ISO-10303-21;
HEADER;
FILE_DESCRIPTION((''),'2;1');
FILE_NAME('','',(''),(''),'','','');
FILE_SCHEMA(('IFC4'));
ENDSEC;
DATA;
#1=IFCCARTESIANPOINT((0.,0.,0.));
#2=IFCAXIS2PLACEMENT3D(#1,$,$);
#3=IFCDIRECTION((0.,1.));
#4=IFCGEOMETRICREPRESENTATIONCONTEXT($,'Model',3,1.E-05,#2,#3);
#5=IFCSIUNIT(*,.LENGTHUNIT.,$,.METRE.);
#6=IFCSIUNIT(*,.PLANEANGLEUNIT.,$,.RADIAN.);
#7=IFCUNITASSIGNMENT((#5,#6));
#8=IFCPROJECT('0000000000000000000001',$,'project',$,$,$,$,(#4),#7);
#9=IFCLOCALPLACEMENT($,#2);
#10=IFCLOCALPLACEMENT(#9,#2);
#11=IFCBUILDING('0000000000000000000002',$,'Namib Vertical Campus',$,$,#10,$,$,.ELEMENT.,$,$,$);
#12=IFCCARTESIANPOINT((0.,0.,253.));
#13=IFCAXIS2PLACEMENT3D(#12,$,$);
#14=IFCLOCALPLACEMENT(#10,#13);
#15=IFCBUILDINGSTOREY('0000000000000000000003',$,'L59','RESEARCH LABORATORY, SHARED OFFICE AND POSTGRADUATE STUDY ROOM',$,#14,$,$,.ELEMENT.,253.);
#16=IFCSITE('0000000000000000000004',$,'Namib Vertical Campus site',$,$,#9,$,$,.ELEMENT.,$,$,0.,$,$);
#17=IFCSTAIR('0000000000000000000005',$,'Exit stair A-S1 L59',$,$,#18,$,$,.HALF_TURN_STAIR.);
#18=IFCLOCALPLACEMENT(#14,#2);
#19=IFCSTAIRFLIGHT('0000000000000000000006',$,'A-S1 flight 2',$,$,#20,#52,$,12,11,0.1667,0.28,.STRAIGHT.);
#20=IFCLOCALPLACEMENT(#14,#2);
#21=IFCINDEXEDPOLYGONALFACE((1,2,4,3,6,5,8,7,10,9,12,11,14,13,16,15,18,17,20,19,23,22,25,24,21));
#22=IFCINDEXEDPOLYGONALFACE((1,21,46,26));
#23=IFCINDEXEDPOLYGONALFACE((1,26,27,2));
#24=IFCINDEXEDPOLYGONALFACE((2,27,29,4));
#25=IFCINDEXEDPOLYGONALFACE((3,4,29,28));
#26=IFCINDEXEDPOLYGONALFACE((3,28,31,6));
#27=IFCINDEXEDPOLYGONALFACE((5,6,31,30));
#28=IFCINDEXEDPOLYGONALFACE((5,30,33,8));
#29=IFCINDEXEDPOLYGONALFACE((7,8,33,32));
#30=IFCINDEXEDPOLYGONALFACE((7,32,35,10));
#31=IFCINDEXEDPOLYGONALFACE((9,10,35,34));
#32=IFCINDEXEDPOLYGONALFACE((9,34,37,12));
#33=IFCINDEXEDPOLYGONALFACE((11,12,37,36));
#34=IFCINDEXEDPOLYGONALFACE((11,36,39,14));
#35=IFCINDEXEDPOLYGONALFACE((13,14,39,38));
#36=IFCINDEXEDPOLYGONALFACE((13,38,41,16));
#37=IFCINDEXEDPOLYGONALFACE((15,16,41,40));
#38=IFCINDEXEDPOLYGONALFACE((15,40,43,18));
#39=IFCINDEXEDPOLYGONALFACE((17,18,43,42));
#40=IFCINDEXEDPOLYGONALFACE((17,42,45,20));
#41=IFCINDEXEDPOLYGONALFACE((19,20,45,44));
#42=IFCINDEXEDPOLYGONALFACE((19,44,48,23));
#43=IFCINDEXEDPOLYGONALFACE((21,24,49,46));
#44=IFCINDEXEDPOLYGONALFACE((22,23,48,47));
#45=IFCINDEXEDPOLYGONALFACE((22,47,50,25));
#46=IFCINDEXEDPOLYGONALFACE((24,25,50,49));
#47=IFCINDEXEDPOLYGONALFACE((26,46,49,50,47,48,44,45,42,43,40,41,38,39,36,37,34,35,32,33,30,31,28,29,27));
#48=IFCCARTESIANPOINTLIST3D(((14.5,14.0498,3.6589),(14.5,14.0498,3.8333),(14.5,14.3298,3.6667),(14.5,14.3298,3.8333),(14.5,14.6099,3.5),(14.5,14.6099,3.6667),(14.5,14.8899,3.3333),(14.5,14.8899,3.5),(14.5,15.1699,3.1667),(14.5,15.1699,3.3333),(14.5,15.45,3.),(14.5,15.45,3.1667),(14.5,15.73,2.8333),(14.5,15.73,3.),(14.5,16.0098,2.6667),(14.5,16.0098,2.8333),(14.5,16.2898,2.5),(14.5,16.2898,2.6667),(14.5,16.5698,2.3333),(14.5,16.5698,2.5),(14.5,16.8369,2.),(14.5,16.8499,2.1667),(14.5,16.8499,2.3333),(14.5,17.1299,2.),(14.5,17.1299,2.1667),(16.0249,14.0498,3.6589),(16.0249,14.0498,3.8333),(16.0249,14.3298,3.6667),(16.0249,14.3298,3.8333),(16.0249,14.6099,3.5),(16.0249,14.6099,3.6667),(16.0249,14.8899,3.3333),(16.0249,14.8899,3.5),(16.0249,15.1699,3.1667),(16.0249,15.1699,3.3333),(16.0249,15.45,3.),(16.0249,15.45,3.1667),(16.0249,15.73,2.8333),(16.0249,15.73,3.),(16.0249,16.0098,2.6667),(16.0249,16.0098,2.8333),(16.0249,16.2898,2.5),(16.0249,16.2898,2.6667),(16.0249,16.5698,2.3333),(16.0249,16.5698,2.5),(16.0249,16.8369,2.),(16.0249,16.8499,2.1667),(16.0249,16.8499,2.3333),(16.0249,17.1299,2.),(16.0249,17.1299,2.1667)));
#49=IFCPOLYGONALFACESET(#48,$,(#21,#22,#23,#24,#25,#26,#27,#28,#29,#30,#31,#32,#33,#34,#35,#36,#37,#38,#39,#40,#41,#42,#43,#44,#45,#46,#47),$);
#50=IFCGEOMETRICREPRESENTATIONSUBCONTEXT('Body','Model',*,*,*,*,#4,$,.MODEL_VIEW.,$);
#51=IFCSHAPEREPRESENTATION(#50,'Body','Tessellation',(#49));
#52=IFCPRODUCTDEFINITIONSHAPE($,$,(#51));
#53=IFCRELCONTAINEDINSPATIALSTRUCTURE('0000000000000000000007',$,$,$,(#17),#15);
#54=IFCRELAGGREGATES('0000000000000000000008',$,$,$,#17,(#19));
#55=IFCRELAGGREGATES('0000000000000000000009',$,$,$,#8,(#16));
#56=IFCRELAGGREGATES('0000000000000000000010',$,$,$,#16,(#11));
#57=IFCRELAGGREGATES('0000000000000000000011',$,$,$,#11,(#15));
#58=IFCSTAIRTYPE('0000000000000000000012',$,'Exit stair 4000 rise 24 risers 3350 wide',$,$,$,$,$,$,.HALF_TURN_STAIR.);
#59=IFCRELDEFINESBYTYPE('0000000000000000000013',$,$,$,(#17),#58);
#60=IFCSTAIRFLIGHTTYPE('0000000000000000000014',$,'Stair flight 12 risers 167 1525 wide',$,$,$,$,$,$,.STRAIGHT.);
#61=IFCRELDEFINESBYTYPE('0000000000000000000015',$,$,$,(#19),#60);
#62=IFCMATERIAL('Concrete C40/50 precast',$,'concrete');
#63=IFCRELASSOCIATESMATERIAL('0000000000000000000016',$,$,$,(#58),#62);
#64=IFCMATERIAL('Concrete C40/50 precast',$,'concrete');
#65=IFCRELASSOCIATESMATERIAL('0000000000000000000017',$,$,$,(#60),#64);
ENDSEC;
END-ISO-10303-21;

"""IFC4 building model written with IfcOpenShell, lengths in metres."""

from ifc_helpers import new_model, si_unit, direction, frame, origin, place, context, subcontext, project, spatial, polyline, outline, extrude, material, type_object, element, aggregate, save


model = new_model("IFC4")

# Units and contexts
model_context = context("Model", 3, precision=1e-05, world=origin(), true_north=direction((0.0, 1.0)))
body_context = subcontext(model_context, "Body", "Model", "MODEL_VIEW")
ifc_project = project(units=[si_unit("LENGTHUNIT", "METRE"), si_unit("PLANEANGLEUNIT", "RADIAN")], contexts=[model_context])

# Site, building, storey
site_placement = place(None, origin())
site = spatial("IfcSite", under=ifc_project, at=site_placement, Name="Namib Vertical Campus site", CompositionType="ELEMENT", RefElevation=0.0)
building_placement = place(site_placement, origin())
building = spatial("IfcBuilding", under=site, at=building_placement, Name="Namib Vertical Campus", CompositionType="ELEMENT")
storey_placement = place(building_placement, frame((0.0, 0.0, 253.0)))
storey = spatial("IfcBuildingStorey", under=building, at=storey_placement, Name="L59", Description="RESEARCH LABORATORY, SHARED OFFICE AND POSTGRADUATE STUDY ROOM", CompositionType="ELEMENT", Elevation=253.0)

# Stair, stair flight
ifc_material_1 = material(Name="Concrete C40/50 precast", Category="concrete")
stair_type = type_object("IfcStairType", Name="Exit stair 4000 rise 24 risers 3350 wide", PredefinedType="HALF_TURN_STAIR", material=ifc_material_1)
stair_placement = place(storey_placement, origin())
stair = element("IfcStair", 1, at=stair_placement, inside=storey, type_object=stair_type, Name="Exit stair A-S1 L59", PredefinedType="HALF_TURN_STAIR")
ifc_material_2 = material(Name="Concrete C40/50 precast", Category="concrete")
stair_flight_type = type_object("IfcStairFlightType", Name="Stair flight 12 risers 167 1525 wide", PredefinedType="STRAIGHT", material=ifc_material_2)
stair_flight_placement = place(storey_placement, frame((15.2625, 17.1299, 2.0), z_axis=(0.0, 0.0, 1.0), x_axis=(0.0, -1.0, 0.0)))
stair_flight = element("IfcStairFlight", 2, at=stair_flight_placement, type_object=stair_flight_type, Name="A-S1 flight 2", NumberOfRisers=12, NumberOfTreads=11, PredefinedType="STRAIGHT", RiserHeight=0.1667, TreadLength=0.28, context=body_context, shape_type="SweptSolid", body=[
    extrude(outline(polyline([(0.0, 0.0), (0.0, 0.1667), (0.28, 0.1667), (0.28, 0.3333), (0.5601, 0.3333), (0.5601, 0.5), (0.8401, 0.5), (0.8401, 0.6667), (1.1201, 0.6667), (1.1201, 0.8333), (1.3999, 0.8333), (1.3999, 1.0), (1.6799, 1.0), (1.6799, 1.1667), (1.96, 1.1667), (1.96, 1.3333), (2.24, 1.3333), (2.24, 1.5), (2.52, 1.5), (2.52, 1.6667), (2.8, 1.6667), (2.8, 1.8333), (3.0801, 1.8333), (3.0801, 2.0), (3.0801, 1.6589), (0.293, 0.0), (0.0, 0.0)])), frame((0.0, 0.7625, 0.0), z_axis=(0.0, -1.0, 0.0), x_axis=(1.0, 0.0, 0.0)), (0.0, 0.0, 1.0), 1.5249),
])
aggregate(stair, [stair_flight])

save(model, "model.ifc")
